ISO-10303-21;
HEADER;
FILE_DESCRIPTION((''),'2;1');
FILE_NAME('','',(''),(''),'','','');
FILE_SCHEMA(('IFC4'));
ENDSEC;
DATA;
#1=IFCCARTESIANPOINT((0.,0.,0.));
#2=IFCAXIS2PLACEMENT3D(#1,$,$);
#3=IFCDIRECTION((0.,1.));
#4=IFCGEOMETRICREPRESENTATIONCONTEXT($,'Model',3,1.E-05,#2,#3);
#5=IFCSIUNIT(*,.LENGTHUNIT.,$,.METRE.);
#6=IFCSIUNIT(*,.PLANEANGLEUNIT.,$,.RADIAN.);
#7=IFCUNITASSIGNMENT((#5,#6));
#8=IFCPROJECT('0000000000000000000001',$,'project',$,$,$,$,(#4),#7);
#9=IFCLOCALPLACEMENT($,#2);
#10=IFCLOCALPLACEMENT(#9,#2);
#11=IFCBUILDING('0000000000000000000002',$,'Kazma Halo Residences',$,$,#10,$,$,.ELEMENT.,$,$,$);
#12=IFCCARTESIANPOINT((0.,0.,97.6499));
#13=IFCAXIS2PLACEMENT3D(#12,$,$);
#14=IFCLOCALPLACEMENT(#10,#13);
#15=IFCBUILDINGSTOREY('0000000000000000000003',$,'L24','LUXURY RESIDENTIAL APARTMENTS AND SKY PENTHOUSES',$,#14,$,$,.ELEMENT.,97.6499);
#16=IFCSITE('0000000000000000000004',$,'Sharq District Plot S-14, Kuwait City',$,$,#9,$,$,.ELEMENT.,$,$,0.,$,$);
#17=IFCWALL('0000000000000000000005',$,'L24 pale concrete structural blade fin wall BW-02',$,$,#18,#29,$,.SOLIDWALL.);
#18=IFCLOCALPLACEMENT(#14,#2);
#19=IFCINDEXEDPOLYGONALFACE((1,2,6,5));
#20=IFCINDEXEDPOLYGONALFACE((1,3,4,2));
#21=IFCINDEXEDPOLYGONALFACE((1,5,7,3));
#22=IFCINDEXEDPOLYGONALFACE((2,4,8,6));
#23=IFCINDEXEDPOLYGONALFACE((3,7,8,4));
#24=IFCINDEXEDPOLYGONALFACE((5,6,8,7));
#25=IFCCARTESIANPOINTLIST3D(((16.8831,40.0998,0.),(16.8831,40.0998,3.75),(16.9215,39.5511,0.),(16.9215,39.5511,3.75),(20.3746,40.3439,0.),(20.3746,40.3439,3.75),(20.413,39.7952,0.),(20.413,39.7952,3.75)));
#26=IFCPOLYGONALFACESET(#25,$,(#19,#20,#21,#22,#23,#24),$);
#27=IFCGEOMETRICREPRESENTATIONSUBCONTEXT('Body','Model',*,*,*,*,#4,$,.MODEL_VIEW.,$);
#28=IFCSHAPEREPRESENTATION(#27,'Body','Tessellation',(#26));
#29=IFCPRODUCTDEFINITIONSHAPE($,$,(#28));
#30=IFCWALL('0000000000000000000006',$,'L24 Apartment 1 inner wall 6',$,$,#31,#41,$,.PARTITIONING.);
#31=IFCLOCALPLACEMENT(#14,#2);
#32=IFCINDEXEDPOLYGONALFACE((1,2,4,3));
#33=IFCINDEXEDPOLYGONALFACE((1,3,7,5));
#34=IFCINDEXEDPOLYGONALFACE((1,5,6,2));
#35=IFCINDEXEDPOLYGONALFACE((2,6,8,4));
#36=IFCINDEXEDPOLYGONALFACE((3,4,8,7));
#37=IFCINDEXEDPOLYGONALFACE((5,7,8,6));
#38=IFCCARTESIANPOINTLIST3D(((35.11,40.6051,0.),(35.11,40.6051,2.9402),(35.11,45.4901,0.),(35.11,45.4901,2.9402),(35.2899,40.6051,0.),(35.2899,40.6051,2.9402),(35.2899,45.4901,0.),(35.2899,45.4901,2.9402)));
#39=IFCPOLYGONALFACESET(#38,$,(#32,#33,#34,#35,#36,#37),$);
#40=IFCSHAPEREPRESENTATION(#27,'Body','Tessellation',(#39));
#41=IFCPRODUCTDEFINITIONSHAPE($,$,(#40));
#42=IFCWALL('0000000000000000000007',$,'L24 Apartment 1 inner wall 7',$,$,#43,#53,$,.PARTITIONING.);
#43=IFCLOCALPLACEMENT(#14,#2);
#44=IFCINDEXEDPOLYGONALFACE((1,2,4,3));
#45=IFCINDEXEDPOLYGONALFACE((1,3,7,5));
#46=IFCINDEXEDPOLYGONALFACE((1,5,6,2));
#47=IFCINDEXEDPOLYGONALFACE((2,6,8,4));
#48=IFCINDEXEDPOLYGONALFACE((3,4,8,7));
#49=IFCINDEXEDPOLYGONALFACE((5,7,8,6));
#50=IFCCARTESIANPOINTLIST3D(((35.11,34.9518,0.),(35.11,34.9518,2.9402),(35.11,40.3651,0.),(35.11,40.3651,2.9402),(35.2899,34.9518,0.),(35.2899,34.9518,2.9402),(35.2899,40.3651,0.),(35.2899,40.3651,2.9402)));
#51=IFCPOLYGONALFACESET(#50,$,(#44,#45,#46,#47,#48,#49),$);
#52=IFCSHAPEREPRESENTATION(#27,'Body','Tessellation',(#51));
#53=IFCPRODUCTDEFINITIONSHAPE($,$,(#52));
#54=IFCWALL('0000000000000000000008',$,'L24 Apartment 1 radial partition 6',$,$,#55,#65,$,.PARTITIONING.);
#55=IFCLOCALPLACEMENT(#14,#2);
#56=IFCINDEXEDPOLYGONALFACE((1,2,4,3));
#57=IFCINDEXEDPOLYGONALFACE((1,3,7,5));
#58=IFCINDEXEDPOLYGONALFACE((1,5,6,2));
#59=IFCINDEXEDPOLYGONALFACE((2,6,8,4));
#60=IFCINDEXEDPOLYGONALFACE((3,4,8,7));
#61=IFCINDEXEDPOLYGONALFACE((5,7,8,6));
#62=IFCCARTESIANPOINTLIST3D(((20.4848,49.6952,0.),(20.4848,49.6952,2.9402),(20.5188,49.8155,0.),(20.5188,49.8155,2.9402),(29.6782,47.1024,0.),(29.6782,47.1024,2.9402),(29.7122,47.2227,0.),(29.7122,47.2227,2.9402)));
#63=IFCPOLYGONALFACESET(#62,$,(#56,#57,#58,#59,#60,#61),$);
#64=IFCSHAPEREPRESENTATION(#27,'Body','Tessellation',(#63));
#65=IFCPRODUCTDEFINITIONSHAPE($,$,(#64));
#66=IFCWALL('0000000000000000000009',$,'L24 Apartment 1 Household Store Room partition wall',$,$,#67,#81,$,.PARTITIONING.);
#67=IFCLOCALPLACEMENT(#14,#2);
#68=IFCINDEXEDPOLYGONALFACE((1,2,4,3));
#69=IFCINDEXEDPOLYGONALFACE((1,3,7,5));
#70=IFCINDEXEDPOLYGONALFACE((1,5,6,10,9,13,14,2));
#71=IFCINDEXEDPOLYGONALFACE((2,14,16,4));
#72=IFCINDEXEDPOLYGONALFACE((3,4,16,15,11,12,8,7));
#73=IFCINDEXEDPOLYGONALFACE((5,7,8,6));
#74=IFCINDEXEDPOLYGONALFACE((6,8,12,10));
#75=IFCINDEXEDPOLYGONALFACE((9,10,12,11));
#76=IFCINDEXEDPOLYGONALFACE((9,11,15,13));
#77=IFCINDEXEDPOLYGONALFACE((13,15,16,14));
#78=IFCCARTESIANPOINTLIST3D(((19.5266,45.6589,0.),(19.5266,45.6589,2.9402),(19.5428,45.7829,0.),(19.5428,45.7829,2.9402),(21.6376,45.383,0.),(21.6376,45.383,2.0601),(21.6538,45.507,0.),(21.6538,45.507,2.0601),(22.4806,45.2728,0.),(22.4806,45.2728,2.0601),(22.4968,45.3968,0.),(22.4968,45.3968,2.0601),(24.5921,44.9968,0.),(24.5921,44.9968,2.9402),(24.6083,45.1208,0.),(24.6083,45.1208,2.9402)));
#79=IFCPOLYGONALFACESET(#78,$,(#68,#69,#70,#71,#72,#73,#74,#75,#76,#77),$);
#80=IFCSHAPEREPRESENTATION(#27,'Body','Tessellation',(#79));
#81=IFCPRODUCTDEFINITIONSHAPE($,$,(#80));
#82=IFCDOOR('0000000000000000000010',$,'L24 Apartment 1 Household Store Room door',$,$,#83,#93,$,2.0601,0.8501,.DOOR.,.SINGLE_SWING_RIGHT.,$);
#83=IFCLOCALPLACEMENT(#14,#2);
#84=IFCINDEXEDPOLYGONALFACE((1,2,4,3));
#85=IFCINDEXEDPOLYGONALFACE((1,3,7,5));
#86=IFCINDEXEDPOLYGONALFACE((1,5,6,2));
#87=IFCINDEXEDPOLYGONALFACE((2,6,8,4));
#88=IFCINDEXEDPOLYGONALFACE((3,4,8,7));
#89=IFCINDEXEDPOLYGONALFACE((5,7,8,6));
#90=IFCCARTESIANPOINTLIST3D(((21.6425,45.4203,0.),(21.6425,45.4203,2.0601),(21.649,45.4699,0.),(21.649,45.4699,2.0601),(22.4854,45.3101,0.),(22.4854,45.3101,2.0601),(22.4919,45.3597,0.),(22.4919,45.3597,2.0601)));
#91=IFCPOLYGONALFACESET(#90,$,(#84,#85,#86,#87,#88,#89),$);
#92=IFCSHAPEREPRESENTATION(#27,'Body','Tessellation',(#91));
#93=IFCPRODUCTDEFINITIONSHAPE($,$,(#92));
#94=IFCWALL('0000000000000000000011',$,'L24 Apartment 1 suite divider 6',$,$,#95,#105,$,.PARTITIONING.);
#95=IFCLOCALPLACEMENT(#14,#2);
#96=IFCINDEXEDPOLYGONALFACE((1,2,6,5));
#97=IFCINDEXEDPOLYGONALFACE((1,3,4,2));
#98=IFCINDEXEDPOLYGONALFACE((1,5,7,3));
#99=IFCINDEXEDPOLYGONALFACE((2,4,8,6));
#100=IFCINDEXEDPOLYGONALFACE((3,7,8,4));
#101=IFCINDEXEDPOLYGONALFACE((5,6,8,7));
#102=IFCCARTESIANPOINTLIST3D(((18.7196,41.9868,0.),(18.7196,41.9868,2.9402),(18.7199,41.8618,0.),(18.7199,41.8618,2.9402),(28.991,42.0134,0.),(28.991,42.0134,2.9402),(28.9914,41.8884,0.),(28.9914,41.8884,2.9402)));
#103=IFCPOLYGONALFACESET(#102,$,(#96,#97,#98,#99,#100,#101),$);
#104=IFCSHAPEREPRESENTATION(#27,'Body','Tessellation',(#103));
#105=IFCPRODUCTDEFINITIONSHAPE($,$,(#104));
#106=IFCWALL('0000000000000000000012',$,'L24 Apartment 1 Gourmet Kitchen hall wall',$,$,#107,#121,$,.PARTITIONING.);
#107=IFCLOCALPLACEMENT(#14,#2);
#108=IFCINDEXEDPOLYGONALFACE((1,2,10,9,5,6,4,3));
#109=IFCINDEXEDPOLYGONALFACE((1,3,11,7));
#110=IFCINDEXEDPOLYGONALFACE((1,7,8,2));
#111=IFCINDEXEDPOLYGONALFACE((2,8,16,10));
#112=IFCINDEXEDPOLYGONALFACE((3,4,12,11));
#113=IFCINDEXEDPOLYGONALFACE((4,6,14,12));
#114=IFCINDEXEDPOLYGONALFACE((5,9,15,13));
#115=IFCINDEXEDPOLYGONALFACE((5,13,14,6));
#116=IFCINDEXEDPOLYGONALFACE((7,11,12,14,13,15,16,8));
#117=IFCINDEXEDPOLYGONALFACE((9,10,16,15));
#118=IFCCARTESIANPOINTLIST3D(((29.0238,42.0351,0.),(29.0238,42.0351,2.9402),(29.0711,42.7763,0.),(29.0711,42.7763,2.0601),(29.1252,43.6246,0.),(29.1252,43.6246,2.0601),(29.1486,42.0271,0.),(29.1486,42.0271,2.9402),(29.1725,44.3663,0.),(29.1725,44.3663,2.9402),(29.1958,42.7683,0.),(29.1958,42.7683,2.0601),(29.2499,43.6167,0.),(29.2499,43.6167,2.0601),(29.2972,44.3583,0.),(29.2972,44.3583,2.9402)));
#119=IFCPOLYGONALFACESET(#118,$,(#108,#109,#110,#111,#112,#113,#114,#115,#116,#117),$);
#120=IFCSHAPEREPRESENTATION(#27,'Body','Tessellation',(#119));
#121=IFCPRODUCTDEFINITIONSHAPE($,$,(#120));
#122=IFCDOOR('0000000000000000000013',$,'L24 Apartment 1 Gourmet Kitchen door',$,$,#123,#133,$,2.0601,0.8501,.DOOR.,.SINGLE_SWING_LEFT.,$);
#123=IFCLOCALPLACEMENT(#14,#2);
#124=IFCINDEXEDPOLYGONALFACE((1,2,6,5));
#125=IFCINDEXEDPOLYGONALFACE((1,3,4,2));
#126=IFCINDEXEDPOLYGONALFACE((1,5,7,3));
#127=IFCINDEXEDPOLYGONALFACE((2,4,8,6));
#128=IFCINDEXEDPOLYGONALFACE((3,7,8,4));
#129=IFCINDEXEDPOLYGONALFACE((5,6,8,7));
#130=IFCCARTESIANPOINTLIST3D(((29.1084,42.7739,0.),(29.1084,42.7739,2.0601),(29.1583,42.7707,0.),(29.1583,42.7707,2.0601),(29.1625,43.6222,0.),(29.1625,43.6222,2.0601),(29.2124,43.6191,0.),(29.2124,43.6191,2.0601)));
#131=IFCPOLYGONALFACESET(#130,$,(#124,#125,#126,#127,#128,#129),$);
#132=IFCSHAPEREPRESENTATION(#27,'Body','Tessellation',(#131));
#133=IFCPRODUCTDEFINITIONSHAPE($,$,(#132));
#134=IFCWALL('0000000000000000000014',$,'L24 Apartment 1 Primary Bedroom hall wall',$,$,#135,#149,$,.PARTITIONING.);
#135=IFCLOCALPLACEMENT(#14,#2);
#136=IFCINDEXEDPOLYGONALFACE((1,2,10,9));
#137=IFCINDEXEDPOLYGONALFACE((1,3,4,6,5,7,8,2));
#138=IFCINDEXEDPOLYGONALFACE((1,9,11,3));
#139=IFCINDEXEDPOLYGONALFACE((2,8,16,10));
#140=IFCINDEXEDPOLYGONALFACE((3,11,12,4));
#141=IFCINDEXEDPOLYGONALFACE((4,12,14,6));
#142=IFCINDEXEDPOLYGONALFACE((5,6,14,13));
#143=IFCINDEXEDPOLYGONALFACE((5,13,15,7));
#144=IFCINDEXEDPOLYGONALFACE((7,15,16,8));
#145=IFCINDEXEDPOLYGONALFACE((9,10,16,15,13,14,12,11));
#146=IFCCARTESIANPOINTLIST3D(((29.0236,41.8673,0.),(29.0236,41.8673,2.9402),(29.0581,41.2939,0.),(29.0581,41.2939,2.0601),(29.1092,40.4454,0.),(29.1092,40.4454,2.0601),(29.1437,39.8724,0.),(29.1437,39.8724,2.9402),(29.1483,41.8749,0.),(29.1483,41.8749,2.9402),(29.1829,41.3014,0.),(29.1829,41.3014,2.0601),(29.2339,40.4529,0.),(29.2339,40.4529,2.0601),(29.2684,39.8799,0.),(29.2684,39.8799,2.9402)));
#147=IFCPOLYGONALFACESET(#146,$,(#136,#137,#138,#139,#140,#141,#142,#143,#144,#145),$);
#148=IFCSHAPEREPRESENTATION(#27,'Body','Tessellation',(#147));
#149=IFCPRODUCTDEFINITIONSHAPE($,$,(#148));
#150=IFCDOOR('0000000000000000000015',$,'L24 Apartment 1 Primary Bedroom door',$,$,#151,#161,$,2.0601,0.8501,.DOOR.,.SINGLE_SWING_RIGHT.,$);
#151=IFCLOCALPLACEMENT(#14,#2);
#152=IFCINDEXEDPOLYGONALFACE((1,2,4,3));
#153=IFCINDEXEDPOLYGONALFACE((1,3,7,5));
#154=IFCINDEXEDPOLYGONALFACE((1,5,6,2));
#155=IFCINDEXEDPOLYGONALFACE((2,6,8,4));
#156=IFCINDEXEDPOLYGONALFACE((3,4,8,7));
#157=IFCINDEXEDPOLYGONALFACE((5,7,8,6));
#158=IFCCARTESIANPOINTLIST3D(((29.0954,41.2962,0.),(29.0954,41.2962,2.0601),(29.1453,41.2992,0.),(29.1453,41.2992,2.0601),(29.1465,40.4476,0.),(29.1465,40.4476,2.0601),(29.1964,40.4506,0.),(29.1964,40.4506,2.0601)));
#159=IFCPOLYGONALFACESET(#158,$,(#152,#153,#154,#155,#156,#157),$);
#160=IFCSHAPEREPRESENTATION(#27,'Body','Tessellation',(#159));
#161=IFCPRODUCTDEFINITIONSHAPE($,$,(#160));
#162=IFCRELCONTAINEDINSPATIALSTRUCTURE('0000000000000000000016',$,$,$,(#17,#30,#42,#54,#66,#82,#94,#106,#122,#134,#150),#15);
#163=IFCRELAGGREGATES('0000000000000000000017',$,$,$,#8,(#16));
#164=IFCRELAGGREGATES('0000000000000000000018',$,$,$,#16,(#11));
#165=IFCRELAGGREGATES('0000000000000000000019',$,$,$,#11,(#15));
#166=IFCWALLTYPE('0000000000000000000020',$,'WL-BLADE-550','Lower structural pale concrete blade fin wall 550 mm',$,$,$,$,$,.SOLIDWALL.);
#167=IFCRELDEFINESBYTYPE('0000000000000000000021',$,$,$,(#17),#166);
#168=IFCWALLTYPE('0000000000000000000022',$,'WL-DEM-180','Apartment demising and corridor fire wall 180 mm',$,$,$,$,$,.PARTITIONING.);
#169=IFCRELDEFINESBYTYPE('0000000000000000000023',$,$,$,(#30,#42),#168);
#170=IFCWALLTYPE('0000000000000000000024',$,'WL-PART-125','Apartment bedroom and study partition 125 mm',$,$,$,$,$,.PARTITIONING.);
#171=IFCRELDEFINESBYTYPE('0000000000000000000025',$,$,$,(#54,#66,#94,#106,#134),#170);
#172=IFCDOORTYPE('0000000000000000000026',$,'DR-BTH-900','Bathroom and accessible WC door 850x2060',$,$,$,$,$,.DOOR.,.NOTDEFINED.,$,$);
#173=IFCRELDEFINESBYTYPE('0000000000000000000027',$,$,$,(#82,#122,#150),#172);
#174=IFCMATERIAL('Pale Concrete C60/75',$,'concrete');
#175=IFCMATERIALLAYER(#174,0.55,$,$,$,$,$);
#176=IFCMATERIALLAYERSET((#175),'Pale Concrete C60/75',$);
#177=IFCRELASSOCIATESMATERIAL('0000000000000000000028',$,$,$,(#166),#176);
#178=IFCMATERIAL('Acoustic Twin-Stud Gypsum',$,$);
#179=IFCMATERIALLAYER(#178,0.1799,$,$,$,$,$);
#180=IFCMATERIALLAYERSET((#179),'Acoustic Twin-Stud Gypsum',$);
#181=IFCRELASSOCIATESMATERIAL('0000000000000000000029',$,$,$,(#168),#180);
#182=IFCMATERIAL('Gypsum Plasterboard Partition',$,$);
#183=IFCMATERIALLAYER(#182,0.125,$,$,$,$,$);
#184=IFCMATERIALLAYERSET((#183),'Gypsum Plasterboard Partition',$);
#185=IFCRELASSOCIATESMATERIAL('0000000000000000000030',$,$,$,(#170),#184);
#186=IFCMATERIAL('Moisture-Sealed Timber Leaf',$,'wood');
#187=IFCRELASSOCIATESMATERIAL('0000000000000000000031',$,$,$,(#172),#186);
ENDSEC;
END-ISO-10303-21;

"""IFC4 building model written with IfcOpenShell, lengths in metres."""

from ifc_helpers import new_model, si_unit, direction, frame, frame_2d, origin, place, context, subcontext, project, spatial, rectangle, extrude, material, layer, layer_set, type_object, element, fill, save


model = new_model("IFC4")

# Units and contexts
model_context = context("Model", 3, precision=1e-05, world=origin(), true_north=direction((0.0, 1.0)))
body_context = subcontext(model_context, "Body", "Model", "MODEL_VIEW")
ifc_project = project(units=[si_unit("LENGTHUNIT", "METRE"), si_unit("PLANEANGLEUNIT", "RADIAN")], contexts=[model_context])

# Site, building, storey
site_placement = place(None, origin())
site = spatial("IfcSite", under=ifc_project, at=site_placement, Name="Sharq District Plot S-14, Kuwait City", CompositionType="ELEMENT", RefElevation=0.0)
building_placement = place(site_placement, origin())
building = spatial("IfcBuilding", under=site, at=building_placement, Name="Kazma Halo Residences", CompositionType="ELEMENT")
storey_placement = place(building_placement, frame((0.0, 0.0, 97.6499)))
storey = spatial("IfcBuildingStorey", under=building, at=storey_placement, Name="L24", Description="LUXURY RESIDENTIAL APARTMENTS AND SKY PENTHOUSES", CompositionType="ELEMENT", Elevation=97.6499)

# Walls
ifc_material_1 = material(Name="Pale Concrete C60/75", Category="concrete")
ifc_layer_1 = layer(ifc_material_1, 0.55)
ifc_layer_set_1 = layer_set([ifc_layer_1], Name="Pale Concrete C60/75")
wall_type_1 = type_object("IfcWallType", Name="WL-BLADE-550", Description="Lower structural pale concrete blade fin wall 550 mm", PredefinedType="SOLIDWALL", material=ifc_layer_set_1)
wall_1_placement = place(storey_placement, frame((20.3938, 40.0696, 0.0), z_axis=(0.0, 0.0, 1.0), x_axis=(-0.997564, -0.069755, 0.0)))
element("IfcWall", 1, at=wall_1_placement, inside=storey, type_object=wall_type_1, Name="L24 pale concrete structural blade fin wall BW-02", PredefinedType="SOLIDWALL", context=body_context, shape_type="SweptSolid", body=[
    extrude(rectangle(XDim=3.5, YDim=0.55, at=frame_2d((1.75, 0.0))), origin(), (0.0, 0.0, 1.0), 3.75),
])
ifc_material_2 = material(Name="Acoustic Twin-Stud Gypsum")
ifc_layer_2 = layer(ifc_material_2, 0.1799)
ifc_layer_set_2 = layer_set([ifc_layer_2], Name="Acoustic Twin-Stud Gypsum")
wall_type_2 = type_object("IfcWallType", Name="WL-DEM-180", Description="Apartment demising and corridor fire wall 180 mm", PredefinedType="PARTITIONING", material=ifc_layer_set_2)
wall_2_placement = place(storey_placement, frame((35.2, 45.49, 0.0), z_axis=(0.0, 0.0, 1.0), x_axis=(0.0, -1.0, 0.0)))
element("IfcWall", 2, at=wall_2_placement, inside=storey, type_object=wall_type_2, Name="L24 Apartment 1 inner wall 6", PredefinedType="PARTITIONING", context=body_context, shape_type="SweptSolid", body=[
    extrude(rectangle(XDim=4.885, YDim=0.1799, at=frame_2d((2.4424, 0.0))), origin(), (0.0, 0.0, 1.0), 2.9402),
])
wall_3_placement = place(storey_placement, frame((35.2, 40.365, 0.0), z_axis=(0.0, 0.0, 1.0), x_axis=(0.0, -1.0, 0.0)))
element("IfcWall", 3, at=wall_3_placement, inside=storey, type_object=wall_type_2, Name="L24 Apartment 1 inner wall 7", PredefinedType="PARTITIONING", context=body_context, shape_type="SweptSolid", body=[
    extrude(rectangle(XDim=5.4133, YDim=0.1799, at=frame_2d((2.7065, 0.0))), origin(), (0.0, 0.0, 1.0), 2.9402),
])
ifc_material_3 = material(Name="Gypsum Plasterboard Partition")
ifc_layer_3 = layer(ifc_material_3, 0.125)
ifc_layer_set_3 = layer_set([ifc_layer_3], Name="Gypsum Plasterboard Partition")
wall_type_3 = type_object("IfcWallType", Name="WL-PART-125", Description="Apartment bedroom and study partition 125 mm", PredefinedType="PARTITIONING", material=ifc_layer_set_3)
wall_4_placement = place(storey_placement, frame((29.6951, 47.1626, 0.0), z_axis=(0.0, 0.0, 1.0), x_axis=(-0.962456, 0.271438, 0.0)))
element("IfcWall", 4, at=wall_4_placement, inside=storey, type_object=wall_type_3, Name="L24 Apartment 1 radial partition 6", PredefinedType="PARTITIONING", context=body_context, shape_type="SweptSolid", body=[
    extrude(rectangle(XDim=9.552, YDim=0.125, at=frame_2d((4.7759, 0.0))), origin(), (0.0, 0.0, 1.0), 2.9402),
])

# Wall, opening, door
wall_5_placement = place(storey_placement, frame((24.6001, 45.0588, 0.0), z_axis=(0.0, 0.0, 1.0), x_axis=(-0.991566, 0.129603, 0.0)))
wall_5 = element("IfcWall", 5, at=wall_5_placement, inside=storey, type_object=wall_type_3, Name="L24 Apartment 1 Household Store Room partition wall", PredefinedType="PARTITIONING", context=body_context, shape_type="SweptSolid", body=[
    extrude(rectangle(XDim=5.1086, YDim=0.125, at=frame_2d((2.5542, 0.0))), origin(), (0.0, 0.0, 1.0), 2.9402),
])
opening_1_placement = place(wall_5_placement, frame((2.1294, 0.0, 0.0)))
opening_1 = element("IfcOpeningElement", 6, at=opening_1_placement, cuts=wall_5, PredefinedType="OPENING", context=body_context, shape_type="SweptSolid", body=[
    extrude(rectangle(XDim=0.8501, YDim=2.0601, at=frame_2d((0.425, 1.03))), frame((0.0, 0.0725, 0.0), z_axis=(0.0, -1.0, 0.0), x_axis=(1.0, 0.0, 0.0)), (0.0, 0.0, 1.0), 0.145),
])
ifc_material_4 = material(Name="Moisture-Sealed Timber Leaf", Category="wood")
door_type = type_object("IfcDoorType", Name="DR-BTH-900", Description="Bathroom and accessible WC door 850x2060", OperationType="NOTDEFINED", PredefinedType="DOOR", material=ifc_material_4)
door_1_placement = place(opening_1_placement, origin())
door_1 = element("IfcDoor", 7, at=door_1_placement, inside=storey, type_object=door_type, Name="L24 Apartment 1 Household Store Room door", OperationType="SINGLE_SWING_RIGHT", OverallHeight=2.0601, OverallWidth=0.8501, PredefinedType="DOOR", context=body_context, shape_type="SweptSolid", body=[
    extrude(rectangle(XDim=0.8501, YDim=2.0601, at=frame_2d((0.425, 1.03))), frame((0.0, 0.0249, 0.0), z_axis=(0.0, -1.0, 0.0), x_axis=(1.0, 0.0, 0.0)), (0.0, 0.0, 1.0), 0.05),
])
fill(opening_1, door_1)

# Wall
wall_6_placement = place(storey_placement, frame((28.9912, 41.9509, 0.0), z_axis=(0.0, 0.0, 1.0), x_axis=(-0.999997, -0.002591, 0.0)))
element("IfcWall", 8, at=wall_6_placement, inside=storey, type_object=wall_type_3, Name="L24 Apartment 1 suite divider 6", PredefinedType="PARTITIONING", context=body_context, shape_type="SweptSolid", body=[
    extrude(rectangle(XDim=10.2715, YDim=0.125, at=frame_2d((5.1357, 0.0))), origin(), (0.0, 0.0, 1.0), 2.9402),
])

# Walls, openings, doors
wall_7_placement = place(storey_placement, frame((29.2349, 44.3623, 0.0), z_axis=(0.0, 0.0, 1.0), x_axis=(-0.063647, -0.997972, 0.0)))
wall_7 = element("IfcWall", 9, at=wall_7_placement, inside=storey, type_object=wall_type_3, Name="L24 Apartment 1 Gourmet Kitchen hall wall", PredefinedType="PARTITIONING", context=body_context, shape_type="SweptSolid", body=[
    extrude(rectangle(XDim=2.3359, YDim=0.125, at=frame_2d((1.168, 0.0))), origin(), (0.0, 0.0, 1.0), 2.9402),
])
opening_2_placement = place(wall_7_placement, frame((0.7432, 0.0, 0.0)))
opening_2 = element("IfcOpeningElement", 10, at=opening_2_placement, cuts=wall_7, PredefinedType="OPENING", context=body_context, shape_type="SweptSolid", body=[
    extrude(rectangle(XDim=0.8501, YDim=2.0601, at=frame_2d((0.425, 1.03))), frame((0.0, 0.0725, 0.0), z_axis=(0.0, -1.0, 0.0), x_axis=(1.0, 0.0, 0.0)), (0.0, 0.0, 1.0), 0.145),
])
door_2_placement = place(opening_2_placement, origin())
door_2 = element("IfcDoor", 11, at=door_2_placement, inside=storey, type_object=door_type, Name="L24 Apartment 1 Gourmet Kitchen door", OperationType="SINGLE_SWING_LEFT", OverallHeight=2.0601, OverallWidth=0.8501, PredefinedType="DOOR", context=body_context, shape_type="SweptSolid", body=[
    extrude(rectangle(XDim=0.8501, YDim=2.0601, at=frame_2d((0.425, 1.03))), frame((0.0, 0.0249, 0.0), z_axis=(0.0, -1.0, 0.0), x_axis=(1.0, 0.0, 0.0)), (0.0, 0.0, 1.0), 0.05),
])
fill(opening_2, door_2)
wall_8_placement = place(storey_placement, frame((29.0859, 41.8711, 0.0), z_axis=(0.0, 0.0, 1.0), x_axis=(0.060104, -0.998192, 0.0)))
wall_8 = element("IfcWall", 12, at=wall_8_placement, inside=storey, type_object=wall_type_3, Name="L24 Apartment 1 Primary Bedroom hall wall", PredefinedType="PARTITIONING", context=body_context, shape_type="SweptSolid", body=[
    extrude(rectangle(XDim=1.9985, YDim=0.125, at=frame_2d((0.9993, 0.0))), origin(), (0.0, 0.0, 1.0), 2.9402),
])
opening_3_placement = place(wall_8_placement, frame((0.5745, 0.0, 0.0)))
opening_3 = element("IfcOpeningElement", 13, at=opening_3_placement, cuts=wall_8, PredefinedType="OPENING", context=body_context, shape_type="SweptSolid", body=[
    extrude(rectangle(XDim=0.8501, YDim=2.0601, at=frame_2d((0.425, 1.03))), frame((0.0, 0.0725, 0.0), z_axis=(0.0, -1.0, 0.0), x_axis=(1.0, 0.0, 0.0)), (0.0, 0.0, 1.0), 0.145),
])
door_3_placement = place(opening_3_placement, origin())
door_3 = element("IfcDoor", 14, at=door_3_placement, inside=storey, type_object=door_type, Name="L24 Apartment 1 Primary Bedroom door", OperationType="SINGLE_SWING_RIGHT", OverallHeight=2.0601, OverallWidth=0.8501, PredefinedType="DOOR", context=body_context, shape_type="SweptSolid", body=[
    extrude(rectangle(XDim=0.8501, YDim=2.0601, at=frame_2d((0.425, 1.03))), frame((0.0, 0.0249, 0.0), z_axis=(0.0, -1.0, 0.0), x_axis=(1.0, 0.0, 0.0)), (0.0, 0.0, 1.0), 0.05),
])
fill(opening_3, door_3)

save(model, "model.ifc")
